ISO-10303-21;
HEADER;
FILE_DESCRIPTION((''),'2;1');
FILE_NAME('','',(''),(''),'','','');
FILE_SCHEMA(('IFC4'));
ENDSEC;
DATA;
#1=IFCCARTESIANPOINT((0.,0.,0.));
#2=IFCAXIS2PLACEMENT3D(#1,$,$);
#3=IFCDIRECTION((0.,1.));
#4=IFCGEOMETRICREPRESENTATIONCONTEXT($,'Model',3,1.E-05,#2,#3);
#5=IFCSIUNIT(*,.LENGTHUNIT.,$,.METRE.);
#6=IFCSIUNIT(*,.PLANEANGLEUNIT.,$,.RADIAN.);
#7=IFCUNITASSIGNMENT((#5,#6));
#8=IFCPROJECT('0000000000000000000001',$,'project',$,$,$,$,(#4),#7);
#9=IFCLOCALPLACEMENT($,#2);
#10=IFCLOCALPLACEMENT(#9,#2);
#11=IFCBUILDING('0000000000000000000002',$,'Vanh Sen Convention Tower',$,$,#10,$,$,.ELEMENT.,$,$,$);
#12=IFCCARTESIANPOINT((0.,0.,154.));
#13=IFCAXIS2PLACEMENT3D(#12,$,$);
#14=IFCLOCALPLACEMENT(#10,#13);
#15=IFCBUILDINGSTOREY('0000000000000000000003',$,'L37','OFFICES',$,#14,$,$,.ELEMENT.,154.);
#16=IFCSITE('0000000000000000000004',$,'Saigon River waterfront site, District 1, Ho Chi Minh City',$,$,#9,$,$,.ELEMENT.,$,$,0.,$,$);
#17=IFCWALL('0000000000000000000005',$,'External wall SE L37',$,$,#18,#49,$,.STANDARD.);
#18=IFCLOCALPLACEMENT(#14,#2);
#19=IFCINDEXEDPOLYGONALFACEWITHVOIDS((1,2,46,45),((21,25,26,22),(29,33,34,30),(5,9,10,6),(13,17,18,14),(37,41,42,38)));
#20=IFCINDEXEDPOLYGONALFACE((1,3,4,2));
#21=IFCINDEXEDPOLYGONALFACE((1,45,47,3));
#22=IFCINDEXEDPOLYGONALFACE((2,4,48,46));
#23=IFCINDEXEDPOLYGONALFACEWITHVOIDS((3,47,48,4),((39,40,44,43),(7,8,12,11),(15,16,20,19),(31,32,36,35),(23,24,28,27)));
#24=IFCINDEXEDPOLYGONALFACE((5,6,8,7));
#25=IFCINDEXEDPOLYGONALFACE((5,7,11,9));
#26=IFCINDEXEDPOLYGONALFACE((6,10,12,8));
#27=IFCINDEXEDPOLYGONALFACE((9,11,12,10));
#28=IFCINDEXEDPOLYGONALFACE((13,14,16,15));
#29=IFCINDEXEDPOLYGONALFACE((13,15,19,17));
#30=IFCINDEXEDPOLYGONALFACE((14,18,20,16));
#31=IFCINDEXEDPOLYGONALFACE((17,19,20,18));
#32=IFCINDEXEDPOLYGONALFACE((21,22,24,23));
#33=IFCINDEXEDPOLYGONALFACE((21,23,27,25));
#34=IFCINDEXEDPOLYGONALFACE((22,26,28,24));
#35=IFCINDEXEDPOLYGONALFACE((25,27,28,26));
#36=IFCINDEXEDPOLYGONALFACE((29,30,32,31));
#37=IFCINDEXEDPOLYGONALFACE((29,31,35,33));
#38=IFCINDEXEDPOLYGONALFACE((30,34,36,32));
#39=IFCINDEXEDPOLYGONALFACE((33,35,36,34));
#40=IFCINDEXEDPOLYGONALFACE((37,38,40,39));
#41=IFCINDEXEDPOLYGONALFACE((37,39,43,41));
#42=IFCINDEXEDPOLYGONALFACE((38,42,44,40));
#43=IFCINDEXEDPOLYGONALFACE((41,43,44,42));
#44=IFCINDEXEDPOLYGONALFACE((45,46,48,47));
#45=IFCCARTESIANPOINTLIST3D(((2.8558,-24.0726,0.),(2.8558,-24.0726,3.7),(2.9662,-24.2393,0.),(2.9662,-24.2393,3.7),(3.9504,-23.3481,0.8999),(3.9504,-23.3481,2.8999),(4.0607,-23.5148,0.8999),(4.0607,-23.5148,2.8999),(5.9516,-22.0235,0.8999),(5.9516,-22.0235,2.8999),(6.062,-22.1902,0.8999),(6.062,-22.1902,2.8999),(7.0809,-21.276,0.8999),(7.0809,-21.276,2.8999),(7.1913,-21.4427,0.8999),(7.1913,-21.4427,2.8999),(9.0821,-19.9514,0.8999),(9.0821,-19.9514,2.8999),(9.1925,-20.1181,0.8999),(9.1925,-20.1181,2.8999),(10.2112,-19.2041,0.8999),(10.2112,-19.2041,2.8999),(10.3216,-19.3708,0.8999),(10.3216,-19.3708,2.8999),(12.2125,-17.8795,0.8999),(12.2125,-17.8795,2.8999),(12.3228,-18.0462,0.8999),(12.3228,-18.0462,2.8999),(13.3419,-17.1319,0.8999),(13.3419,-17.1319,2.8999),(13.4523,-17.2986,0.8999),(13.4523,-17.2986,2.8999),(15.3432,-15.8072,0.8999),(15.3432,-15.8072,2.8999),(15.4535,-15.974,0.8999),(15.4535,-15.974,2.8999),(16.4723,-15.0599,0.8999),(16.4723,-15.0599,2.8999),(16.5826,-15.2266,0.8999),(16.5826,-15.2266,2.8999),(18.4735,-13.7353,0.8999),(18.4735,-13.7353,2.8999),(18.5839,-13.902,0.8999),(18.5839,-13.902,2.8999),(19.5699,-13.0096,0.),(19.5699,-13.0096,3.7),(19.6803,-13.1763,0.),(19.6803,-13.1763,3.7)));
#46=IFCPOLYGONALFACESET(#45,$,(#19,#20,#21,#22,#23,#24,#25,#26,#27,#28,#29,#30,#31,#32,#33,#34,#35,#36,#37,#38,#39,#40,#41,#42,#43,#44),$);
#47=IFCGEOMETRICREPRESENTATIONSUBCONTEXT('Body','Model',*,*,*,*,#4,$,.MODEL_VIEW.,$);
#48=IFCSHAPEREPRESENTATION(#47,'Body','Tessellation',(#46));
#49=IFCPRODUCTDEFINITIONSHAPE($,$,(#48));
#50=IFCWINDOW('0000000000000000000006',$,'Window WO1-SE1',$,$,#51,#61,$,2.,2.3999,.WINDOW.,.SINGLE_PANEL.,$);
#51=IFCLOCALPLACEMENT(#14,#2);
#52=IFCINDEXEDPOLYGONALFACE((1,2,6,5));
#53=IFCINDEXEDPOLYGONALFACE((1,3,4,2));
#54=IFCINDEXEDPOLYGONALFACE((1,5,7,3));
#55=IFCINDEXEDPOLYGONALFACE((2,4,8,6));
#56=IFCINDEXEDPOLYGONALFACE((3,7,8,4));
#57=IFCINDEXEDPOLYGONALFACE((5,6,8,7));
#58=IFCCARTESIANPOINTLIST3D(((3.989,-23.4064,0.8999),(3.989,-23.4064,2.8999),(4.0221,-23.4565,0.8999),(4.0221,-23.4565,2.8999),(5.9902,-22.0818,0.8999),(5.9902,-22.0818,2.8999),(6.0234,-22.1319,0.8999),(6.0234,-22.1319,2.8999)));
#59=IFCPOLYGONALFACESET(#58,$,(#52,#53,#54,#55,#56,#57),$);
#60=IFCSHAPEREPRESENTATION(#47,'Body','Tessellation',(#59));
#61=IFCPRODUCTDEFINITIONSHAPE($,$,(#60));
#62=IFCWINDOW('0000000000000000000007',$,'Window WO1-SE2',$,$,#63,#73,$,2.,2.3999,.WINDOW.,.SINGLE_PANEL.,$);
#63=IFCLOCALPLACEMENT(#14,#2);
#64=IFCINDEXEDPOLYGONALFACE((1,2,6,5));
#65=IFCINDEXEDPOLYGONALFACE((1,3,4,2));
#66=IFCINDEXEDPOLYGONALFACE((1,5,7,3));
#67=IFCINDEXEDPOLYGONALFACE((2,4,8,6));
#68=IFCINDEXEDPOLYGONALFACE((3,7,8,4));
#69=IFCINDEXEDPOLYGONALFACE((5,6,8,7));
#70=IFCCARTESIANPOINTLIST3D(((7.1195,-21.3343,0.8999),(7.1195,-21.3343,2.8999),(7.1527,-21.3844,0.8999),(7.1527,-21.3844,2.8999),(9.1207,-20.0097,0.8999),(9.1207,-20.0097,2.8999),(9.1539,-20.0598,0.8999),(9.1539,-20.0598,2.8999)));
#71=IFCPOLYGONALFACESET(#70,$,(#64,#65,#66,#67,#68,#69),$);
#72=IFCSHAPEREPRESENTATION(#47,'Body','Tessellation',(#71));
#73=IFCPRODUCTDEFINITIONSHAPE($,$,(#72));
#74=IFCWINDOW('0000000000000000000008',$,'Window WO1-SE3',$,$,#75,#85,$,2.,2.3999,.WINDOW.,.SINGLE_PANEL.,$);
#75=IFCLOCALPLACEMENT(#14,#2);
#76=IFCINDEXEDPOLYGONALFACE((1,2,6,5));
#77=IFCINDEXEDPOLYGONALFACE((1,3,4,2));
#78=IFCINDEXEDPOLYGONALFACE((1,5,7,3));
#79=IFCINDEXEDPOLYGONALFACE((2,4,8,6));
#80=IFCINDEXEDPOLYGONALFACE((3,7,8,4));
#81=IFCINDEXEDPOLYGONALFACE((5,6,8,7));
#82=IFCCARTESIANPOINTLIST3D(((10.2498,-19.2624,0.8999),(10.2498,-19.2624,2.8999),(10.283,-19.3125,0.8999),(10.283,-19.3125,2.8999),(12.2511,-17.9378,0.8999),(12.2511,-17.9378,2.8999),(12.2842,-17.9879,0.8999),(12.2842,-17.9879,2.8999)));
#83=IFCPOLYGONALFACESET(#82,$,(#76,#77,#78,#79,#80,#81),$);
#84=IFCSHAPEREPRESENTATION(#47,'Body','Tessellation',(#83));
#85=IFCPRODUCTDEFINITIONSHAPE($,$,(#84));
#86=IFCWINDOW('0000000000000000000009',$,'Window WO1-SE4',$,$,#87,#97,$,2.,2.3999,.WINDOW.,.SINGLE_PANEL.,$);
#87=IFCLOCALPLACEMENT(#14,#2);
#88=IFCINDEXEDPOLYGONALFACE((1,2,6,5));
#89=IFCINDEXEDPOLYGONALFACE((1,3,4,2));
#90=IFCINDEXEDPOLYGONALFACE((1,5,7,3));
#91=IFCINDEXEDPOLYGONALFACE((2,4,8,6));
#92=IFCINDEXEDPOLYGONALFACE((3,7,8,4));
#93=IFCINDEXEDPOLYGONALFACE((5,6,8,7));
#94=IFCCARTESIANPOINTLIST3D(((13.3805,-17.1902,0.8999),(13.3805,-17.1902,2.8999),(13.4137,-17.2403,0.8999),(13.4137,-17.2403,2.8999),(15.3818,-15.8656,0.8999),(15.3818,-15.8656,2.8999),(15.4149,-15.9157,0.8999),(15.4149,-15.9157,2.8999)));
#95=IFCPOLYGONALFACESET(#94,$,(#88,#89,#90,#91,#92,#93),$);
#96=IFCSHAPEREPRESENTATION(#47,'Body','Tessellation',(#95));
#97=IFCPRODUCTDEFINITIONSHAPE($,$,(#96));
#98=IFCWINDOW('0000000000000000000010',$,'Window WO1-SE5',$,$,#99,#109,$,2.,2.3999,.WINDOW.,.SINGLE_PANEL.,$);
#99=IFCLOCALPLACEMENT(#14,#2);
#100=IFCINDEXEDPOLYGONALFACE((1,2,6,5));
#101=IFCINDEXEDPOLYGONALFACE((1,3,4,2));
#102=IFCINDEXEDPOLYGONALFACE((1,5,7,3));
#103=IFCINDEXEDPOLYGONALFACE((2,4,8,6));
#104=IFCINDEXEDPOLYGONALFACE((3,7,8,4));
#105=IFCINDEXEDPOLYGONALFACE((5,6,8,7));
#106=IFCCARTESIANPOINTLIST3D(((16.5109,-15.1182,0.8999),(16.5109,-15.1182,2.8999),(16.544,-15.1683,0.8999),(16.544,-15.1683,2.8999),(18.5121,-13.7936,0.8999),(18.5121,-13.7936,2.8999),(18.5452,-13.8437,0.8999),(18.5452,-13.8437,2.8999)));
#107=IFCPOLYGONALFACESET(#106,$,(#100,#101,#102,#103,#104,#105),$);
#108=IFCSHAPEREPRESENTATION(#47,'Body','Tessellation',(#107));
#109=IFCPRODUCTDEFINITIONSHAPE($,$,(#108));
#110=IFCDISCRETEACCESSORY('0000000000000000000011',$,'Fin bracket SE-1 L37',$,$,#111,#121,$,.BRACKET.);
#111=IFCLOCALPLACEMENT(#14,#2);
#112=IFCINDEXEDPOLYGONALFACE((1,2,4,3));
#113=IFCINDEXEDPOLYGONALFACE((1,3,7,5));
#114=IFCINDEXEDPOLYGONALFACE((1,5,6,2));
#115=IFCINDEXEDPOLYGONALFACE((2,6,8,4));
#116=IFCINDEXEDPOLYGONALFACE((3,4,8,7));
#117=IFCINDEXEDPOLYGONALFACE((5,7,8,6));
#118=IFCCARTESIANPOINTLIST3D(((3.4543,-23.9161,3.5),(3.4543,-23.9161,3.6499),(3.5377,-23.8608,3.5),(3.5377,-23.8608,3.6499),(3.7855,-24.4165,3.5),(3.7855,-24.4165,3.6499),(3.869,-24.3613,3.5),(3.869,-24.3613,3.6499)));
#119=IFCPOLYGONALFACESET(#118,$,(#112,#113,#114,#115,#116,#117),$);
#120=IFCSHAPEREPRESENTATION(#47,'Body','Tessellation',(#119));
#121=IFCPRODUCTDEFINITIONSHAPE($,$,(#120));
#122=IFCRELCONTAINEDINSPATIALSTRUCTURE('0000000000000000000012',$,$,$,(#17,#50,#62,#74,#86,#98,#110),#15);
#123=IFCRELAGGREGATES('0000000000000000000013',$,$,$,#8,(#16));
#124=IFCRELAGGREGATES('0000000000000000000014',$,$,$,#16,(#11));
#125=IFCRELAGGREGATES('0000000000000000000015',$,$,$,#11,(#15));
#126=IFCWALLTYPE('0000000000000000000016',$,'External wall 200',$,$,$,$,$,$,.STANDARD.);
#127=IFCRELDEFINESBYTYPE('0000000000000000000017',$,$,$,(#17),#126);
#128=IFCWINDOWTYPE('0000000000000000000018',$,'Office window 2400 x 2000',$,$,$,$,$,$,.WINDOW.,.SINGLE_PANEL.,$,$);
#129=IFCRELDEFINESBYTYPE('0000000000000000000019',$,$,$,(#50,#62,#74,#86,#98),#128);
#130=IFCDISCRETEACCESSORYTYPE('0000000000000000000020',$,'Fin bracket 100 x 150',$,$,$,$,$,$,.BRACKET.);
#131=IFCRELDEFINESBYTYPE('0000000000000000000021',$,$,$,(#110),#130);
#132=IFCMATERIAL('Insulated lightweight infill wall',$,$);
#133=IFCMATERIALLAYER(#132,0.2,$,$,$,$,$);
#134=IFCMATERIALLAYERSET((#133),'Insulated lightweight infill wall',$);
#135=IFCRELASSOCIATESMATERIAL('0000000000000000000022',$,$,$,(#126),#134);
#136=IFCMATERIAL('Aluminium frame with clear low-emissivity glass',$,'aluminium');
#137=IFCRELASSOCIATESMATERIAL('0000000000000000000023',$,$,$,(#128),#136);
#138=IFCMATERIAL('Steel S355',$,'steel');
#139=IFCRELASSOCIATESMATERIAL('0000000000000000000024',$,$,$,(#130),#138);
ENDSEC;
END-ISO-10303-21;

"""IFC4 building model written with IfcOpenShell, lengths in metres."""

from ifc_helpers import new_model, si_unit, direction, frame, frame_2d, origin, origin_2d, place, context, subcontext, project, spatial, rectangle, extrude, material, layer, layer_set, type_object, element, fill, save


model = new_model("IFC4")

# Units and contexts
model_context = context("Model", 3, precision=1e-05, world=origin(), true_north=direction((0.0, 1.0)))
body_context = subcontext(model_context, "Body", "Model", "MODEL_VIEW")
ifc_project = project(units=[si_unit("LENGTHUNIT", "METRE"), si_unit("PLANEANGLEUNIT", "RADIAN")], contexts=[model_context])

# Site, building, storey
site_placement = place(None, origin())
site = spatial("IfcSite", under=ifc_project, at=site_placement, Name="Saigon River waterfront site, District 1, Ho Chi Minh City", CompositionType="ELEMENT", RefElevation=0.0)
building_placement = place(site_placement, origin())
building = spatial("IfcBuilding", under=site, at=building_placement, Name="Vanh Sen Convention Tower", CompositionType="ELEMENT")
storey_placement = place(building_placement, frame((0.0, 0.0, 154.0)))
storey = spatial("IfcBuildingStorey", under=building, at=storey_placement, Name="L37", Description="OFFICES", CompositionType="ELEMENT", Elevation=154.0)

# Wall, openings, windows
ifc_material_1 = material(Name="Insulated lightweight infill wall")
ifc_layer_1 = layer(ifc_material_1, 0.2)
ifc_layer_set_1 = layer_set([ifc_layer_1], Name="Insulated lightweight infill wall")
wall_type_1 = type_object("IfcWallType", Name="External wall 200", PredefinedType="STANDARD", material=ifc_layer_set_1)
wall_1_placement = place(storey_placement, frame((2.9109, -24.156, 0.0), z_axis=(0.0, 0.0, 1.0), x_axis=(0.833882, 0.551943, 0.0)))
wall_1 = element("IfcWall", 1, at=wall_1_placement, inside=storey, type_object=wall_type_1, Name="External wall SE L37", PredefinedType="STANDARD", context=body_context, shape_type="SweptSolid", body=[
    extrude(rectangle(XDim=20.0437, YDim=0.2, at=frame_2d((10.022, 0.0))), origin(), (0.0, 0.0, 1.0), 3.7),
])
opening_1_placement = place(wall_1_placement, frame((1.3127, 0.0, 0.8999)))
opening_1 = element("IfcOpeningElement", 2, at=opening_1_placement, cuts=wall_1, PredefinedType="OPENING", context=body_context, shape_type="SweptSolid", body=[
    extrude(rectangle(XDim=2.3999, YDim=2.0, at=frame_2d((1.2, 1.0))), frame((0.0, 0.1099, 0.0), z_axis=(0.0, -1.0, 0.0), x_axis=(1.0, 0.0, 0.0)), (0.0, 0.0, 1.0), 0.22),
])
opening_2_placement = place(wall_1_placement, frame((5.0669, 0.0, 0.8999)))
opening_2 = element("IfcOpeningElement", 3, at=opening_2_placement, cuts=wall_1, PredefinedType="OPENING", context=body_context, shape_type="SweptSolid", body=[
    extrude(rectangle(XDim=2.3999, YDim=2.0, at=frame_2d((1.2, 1.0))), frame((0.0, 0.1099, 0.0), z_axis=(0.0, -1.0, 0.0), x_axis=(1.0, 0.0, 0.0)), (0.0, 0.0, 1.0), 0.22),
])
opening_3_placement = place(wall_1_placement, frame((8.8208, 0.0, 0.8999)))
opening_3 = element("IfcOpeningElement", 4, at=opening_3_placement, cuts=wall_1, PredefinedType="OPENING", context=body_context, shape_type="SweptSolid", body=[
    extrude(rectangle(XDim=2.3999, YDim=2.0, at=frame_2d((1.2, 1.0))), frame((0.0, 0.1099, 0.0), z_axis=(0.0, -1.0, 0.0), x_axis=(1.0, 0.0, 0.0)), (0.0, 0.0, 1.0), 0.22),
])
opening_4_placement = place(wall_1_placement, frame((12.5752, 0.0, 0.8999)))
opening_4 = element("IfcOpeningElement", 5, at=opening_4_placement, cuts=wall_1, PredefinedType="OPENING", context=body_context, shape_type="SweptSolid", body=[
    extrude(rectangle(XDim=2.3999, YDim=2.0, at=frame_2d((1.2, 1.0))), frame((0.0, 0.1099, 0.0), z_axis=(0.0, -1.0, 0.0), x_axis=(1.0, 0.0, 0.0)), (0.0, 0.0, 1.0), 0.22),
])
opening_5_placement = place(wall_1_placement, frame((16.3291, 0.0, 0.8999)))
opening_5 = element("IfcOpeningElement", 6, at=opening_5_placement, cuts=wall_1, PredefinedType="OPENING", context=body_context, shape_type="SweptSolid", body=[
    extrude(rectangle(XDim=2.3999, YDim=2.0, at=frame_2d((1.2, 1.0))), frame((0.0, 0.1099, 0.0), z_axis=(0.0, -1.0, 0.0), x_axis=(1.0, 0.0, 0.0)), (0.0, 0.0, 1.0), 0.22),
])
ifc_material_2 = material(Name="Aluminium frame with clear low-emissivity glass", Category="aluminium")
window_type = type_object("IfcWindowType", Name="Office window 2400 x 2000", PartitioningType="SINGLE_PANEL", PredefinedType="WINDOW", material=ifc_material_2)
window_1_placement = place(opening_1_placement, origin())
window_1 = element("IfcWindow", 7, at=window_1_placement, inside=storey, type_object=window_type, Name="Window WO1-SE1", OverallHeight=2.0, OverallWidth=2.3999, PartitioningType="SINGLE_PANEL", PredefinedType="WINDOW", context=body_context, shape_type="SweptSolid", body=[
    extrude(rectangle(XDim=2.3999, YDim=2.0, at=frame_2d((1.2, 1.0))), frame((0.0, 0.03, 0.0), z_axis=(0.0, -1.0, 0.0), x_axis=(1.0, 0.0, 0.0)), (0.0, 0.0, 1.0), 0.0601),
])
fill(opening_1, window_1)
window_2_placement = place(opening_2_placement, origin())
window_2 = element("IfcWindow", 8, at=window_2_placement, inside=storey, type_object=window_type, Name="Window WO1-SE2", OverallHeight=2.0, OverallWidth=2.3999, PartitioningType="SINGLE_PANEL", PredefinedType="WINDOW", context=body_context, shape_type="SweptSolid", body=[
    extrude(rectangle(XDim=2.3999, YDim=2.0, at=frame_2d((1.2, 1.0))), frame((0.0, 0.03, 0.0), z_axis=(0.0, -1.0, 0.0), x_axis=(1.0, 0.0, 0.0)), (0.0, 0.0, 1.0), 0.0601),
])
fill(opening_2, window_2)
window_3_placement = place(opening_3_placement, origin())
window_3 = element("IfcWindow", 9, at=window_3_placement, inside=storey, type_object=window_type, Name="Window WO1-SE3", OverallHeight=2.0, OverallWidth=2.3999, PartitioningType="SINGLE_PANEL", PredefinedType="WINDOW", context=body_context, shape_type="SweptSolid", body=[
    extrude(rectangle(XDim=2.3999, YDim=2.0, at=frame_2d((1.2, 1.0))), frame((0.0, 0.03, 0.0), z_axis=(0.0, -1.0, 0.0), x_axis=(1.0, 0.0, 0.0)), (0.0, 0.0, 1.0), 0.0601),
])
fill(opening_3, window_3)
window_4_placement = place(opening_4_placement, origin())
window_4 = element("IfcWindow", 10, at=window_4_placement, inside=storey, type_object=window_type, Name="Window WO1-SE4", OverallHeight=2.0, OverallWidth=2.3999, PartitioningType="SINGLE_PANEL", PredefinedType="WINDOW", context=body_context, shape_type="SweptSolid", body=[
    extrude(rectangle(XDim=2.3999, YDim=2.0, at=frame_2d((1.2, 1.0))), frame((0.0, 0.03, 0.0), z_axis=(0.0, -1.0, 0.0), x_axis=(1.0, 0.0, 0.0)), (0.0, 0.0, 1.0), 0.0601),
])
fill(opening_4, window_4)
window_5_placement = place(opening_5_placement, origin())
window_5 = element("IfcWindow", 11, at=window_5_placement, inside=storey, type_object=window_type, Name="Window WO1-SE5", OverallHeight=2.0, OverallWidth=2.3999, PartitioningType="SINGLE_PANEL", PredefinedType="WINDOW", context=body_context, shape_type="SweptSolid", body=[
    extrude(rectangle(XDim=2.3999, YDim=2.0, at=frame_2d((1.2, 1.0))), frame((0.0, 0.03, 0.0), z_axis=(0.0, -1.0, 0.0), x_axis=(1.0, 0.0, 0.0)), (0.0, 0.0, 1.0), 0.0601),
])
fill(opening_5, window_5)

# Discrete accessory
ifc_material_3 = material(Name="Steel S355", Category="steel")
discrete_accessory_type = type_object("IfcDiscreteAccessoryType", Name="Fin bracket 100 x 150", PredefinedType="BRACKET", material=ifc_material_3)
discrete_accessory_placement = place(storey_placement, frame((3.6616, -24.1387, 3.5), z_axis=(0.0, 0.0, 1.0), x_axis=(0.551937, -0.833886, 0.0)))
element("IfcDiscreteAccessory", 12, at=discrete_accessory_placement, inside=storey, type_object=discrete_accessory_type, Name="Fin bracket SE-1 L37", PredefinedType="BRACKET", context=body_context, shape_type="SweptSolid", body=[
    extrude(rectangle(XDim=0.6001, YDim=0.1001, at=origin_2d()), origin(), (0.0, 0.0, 1.0), 0.1499),
])

save(model, "model.ifc")
